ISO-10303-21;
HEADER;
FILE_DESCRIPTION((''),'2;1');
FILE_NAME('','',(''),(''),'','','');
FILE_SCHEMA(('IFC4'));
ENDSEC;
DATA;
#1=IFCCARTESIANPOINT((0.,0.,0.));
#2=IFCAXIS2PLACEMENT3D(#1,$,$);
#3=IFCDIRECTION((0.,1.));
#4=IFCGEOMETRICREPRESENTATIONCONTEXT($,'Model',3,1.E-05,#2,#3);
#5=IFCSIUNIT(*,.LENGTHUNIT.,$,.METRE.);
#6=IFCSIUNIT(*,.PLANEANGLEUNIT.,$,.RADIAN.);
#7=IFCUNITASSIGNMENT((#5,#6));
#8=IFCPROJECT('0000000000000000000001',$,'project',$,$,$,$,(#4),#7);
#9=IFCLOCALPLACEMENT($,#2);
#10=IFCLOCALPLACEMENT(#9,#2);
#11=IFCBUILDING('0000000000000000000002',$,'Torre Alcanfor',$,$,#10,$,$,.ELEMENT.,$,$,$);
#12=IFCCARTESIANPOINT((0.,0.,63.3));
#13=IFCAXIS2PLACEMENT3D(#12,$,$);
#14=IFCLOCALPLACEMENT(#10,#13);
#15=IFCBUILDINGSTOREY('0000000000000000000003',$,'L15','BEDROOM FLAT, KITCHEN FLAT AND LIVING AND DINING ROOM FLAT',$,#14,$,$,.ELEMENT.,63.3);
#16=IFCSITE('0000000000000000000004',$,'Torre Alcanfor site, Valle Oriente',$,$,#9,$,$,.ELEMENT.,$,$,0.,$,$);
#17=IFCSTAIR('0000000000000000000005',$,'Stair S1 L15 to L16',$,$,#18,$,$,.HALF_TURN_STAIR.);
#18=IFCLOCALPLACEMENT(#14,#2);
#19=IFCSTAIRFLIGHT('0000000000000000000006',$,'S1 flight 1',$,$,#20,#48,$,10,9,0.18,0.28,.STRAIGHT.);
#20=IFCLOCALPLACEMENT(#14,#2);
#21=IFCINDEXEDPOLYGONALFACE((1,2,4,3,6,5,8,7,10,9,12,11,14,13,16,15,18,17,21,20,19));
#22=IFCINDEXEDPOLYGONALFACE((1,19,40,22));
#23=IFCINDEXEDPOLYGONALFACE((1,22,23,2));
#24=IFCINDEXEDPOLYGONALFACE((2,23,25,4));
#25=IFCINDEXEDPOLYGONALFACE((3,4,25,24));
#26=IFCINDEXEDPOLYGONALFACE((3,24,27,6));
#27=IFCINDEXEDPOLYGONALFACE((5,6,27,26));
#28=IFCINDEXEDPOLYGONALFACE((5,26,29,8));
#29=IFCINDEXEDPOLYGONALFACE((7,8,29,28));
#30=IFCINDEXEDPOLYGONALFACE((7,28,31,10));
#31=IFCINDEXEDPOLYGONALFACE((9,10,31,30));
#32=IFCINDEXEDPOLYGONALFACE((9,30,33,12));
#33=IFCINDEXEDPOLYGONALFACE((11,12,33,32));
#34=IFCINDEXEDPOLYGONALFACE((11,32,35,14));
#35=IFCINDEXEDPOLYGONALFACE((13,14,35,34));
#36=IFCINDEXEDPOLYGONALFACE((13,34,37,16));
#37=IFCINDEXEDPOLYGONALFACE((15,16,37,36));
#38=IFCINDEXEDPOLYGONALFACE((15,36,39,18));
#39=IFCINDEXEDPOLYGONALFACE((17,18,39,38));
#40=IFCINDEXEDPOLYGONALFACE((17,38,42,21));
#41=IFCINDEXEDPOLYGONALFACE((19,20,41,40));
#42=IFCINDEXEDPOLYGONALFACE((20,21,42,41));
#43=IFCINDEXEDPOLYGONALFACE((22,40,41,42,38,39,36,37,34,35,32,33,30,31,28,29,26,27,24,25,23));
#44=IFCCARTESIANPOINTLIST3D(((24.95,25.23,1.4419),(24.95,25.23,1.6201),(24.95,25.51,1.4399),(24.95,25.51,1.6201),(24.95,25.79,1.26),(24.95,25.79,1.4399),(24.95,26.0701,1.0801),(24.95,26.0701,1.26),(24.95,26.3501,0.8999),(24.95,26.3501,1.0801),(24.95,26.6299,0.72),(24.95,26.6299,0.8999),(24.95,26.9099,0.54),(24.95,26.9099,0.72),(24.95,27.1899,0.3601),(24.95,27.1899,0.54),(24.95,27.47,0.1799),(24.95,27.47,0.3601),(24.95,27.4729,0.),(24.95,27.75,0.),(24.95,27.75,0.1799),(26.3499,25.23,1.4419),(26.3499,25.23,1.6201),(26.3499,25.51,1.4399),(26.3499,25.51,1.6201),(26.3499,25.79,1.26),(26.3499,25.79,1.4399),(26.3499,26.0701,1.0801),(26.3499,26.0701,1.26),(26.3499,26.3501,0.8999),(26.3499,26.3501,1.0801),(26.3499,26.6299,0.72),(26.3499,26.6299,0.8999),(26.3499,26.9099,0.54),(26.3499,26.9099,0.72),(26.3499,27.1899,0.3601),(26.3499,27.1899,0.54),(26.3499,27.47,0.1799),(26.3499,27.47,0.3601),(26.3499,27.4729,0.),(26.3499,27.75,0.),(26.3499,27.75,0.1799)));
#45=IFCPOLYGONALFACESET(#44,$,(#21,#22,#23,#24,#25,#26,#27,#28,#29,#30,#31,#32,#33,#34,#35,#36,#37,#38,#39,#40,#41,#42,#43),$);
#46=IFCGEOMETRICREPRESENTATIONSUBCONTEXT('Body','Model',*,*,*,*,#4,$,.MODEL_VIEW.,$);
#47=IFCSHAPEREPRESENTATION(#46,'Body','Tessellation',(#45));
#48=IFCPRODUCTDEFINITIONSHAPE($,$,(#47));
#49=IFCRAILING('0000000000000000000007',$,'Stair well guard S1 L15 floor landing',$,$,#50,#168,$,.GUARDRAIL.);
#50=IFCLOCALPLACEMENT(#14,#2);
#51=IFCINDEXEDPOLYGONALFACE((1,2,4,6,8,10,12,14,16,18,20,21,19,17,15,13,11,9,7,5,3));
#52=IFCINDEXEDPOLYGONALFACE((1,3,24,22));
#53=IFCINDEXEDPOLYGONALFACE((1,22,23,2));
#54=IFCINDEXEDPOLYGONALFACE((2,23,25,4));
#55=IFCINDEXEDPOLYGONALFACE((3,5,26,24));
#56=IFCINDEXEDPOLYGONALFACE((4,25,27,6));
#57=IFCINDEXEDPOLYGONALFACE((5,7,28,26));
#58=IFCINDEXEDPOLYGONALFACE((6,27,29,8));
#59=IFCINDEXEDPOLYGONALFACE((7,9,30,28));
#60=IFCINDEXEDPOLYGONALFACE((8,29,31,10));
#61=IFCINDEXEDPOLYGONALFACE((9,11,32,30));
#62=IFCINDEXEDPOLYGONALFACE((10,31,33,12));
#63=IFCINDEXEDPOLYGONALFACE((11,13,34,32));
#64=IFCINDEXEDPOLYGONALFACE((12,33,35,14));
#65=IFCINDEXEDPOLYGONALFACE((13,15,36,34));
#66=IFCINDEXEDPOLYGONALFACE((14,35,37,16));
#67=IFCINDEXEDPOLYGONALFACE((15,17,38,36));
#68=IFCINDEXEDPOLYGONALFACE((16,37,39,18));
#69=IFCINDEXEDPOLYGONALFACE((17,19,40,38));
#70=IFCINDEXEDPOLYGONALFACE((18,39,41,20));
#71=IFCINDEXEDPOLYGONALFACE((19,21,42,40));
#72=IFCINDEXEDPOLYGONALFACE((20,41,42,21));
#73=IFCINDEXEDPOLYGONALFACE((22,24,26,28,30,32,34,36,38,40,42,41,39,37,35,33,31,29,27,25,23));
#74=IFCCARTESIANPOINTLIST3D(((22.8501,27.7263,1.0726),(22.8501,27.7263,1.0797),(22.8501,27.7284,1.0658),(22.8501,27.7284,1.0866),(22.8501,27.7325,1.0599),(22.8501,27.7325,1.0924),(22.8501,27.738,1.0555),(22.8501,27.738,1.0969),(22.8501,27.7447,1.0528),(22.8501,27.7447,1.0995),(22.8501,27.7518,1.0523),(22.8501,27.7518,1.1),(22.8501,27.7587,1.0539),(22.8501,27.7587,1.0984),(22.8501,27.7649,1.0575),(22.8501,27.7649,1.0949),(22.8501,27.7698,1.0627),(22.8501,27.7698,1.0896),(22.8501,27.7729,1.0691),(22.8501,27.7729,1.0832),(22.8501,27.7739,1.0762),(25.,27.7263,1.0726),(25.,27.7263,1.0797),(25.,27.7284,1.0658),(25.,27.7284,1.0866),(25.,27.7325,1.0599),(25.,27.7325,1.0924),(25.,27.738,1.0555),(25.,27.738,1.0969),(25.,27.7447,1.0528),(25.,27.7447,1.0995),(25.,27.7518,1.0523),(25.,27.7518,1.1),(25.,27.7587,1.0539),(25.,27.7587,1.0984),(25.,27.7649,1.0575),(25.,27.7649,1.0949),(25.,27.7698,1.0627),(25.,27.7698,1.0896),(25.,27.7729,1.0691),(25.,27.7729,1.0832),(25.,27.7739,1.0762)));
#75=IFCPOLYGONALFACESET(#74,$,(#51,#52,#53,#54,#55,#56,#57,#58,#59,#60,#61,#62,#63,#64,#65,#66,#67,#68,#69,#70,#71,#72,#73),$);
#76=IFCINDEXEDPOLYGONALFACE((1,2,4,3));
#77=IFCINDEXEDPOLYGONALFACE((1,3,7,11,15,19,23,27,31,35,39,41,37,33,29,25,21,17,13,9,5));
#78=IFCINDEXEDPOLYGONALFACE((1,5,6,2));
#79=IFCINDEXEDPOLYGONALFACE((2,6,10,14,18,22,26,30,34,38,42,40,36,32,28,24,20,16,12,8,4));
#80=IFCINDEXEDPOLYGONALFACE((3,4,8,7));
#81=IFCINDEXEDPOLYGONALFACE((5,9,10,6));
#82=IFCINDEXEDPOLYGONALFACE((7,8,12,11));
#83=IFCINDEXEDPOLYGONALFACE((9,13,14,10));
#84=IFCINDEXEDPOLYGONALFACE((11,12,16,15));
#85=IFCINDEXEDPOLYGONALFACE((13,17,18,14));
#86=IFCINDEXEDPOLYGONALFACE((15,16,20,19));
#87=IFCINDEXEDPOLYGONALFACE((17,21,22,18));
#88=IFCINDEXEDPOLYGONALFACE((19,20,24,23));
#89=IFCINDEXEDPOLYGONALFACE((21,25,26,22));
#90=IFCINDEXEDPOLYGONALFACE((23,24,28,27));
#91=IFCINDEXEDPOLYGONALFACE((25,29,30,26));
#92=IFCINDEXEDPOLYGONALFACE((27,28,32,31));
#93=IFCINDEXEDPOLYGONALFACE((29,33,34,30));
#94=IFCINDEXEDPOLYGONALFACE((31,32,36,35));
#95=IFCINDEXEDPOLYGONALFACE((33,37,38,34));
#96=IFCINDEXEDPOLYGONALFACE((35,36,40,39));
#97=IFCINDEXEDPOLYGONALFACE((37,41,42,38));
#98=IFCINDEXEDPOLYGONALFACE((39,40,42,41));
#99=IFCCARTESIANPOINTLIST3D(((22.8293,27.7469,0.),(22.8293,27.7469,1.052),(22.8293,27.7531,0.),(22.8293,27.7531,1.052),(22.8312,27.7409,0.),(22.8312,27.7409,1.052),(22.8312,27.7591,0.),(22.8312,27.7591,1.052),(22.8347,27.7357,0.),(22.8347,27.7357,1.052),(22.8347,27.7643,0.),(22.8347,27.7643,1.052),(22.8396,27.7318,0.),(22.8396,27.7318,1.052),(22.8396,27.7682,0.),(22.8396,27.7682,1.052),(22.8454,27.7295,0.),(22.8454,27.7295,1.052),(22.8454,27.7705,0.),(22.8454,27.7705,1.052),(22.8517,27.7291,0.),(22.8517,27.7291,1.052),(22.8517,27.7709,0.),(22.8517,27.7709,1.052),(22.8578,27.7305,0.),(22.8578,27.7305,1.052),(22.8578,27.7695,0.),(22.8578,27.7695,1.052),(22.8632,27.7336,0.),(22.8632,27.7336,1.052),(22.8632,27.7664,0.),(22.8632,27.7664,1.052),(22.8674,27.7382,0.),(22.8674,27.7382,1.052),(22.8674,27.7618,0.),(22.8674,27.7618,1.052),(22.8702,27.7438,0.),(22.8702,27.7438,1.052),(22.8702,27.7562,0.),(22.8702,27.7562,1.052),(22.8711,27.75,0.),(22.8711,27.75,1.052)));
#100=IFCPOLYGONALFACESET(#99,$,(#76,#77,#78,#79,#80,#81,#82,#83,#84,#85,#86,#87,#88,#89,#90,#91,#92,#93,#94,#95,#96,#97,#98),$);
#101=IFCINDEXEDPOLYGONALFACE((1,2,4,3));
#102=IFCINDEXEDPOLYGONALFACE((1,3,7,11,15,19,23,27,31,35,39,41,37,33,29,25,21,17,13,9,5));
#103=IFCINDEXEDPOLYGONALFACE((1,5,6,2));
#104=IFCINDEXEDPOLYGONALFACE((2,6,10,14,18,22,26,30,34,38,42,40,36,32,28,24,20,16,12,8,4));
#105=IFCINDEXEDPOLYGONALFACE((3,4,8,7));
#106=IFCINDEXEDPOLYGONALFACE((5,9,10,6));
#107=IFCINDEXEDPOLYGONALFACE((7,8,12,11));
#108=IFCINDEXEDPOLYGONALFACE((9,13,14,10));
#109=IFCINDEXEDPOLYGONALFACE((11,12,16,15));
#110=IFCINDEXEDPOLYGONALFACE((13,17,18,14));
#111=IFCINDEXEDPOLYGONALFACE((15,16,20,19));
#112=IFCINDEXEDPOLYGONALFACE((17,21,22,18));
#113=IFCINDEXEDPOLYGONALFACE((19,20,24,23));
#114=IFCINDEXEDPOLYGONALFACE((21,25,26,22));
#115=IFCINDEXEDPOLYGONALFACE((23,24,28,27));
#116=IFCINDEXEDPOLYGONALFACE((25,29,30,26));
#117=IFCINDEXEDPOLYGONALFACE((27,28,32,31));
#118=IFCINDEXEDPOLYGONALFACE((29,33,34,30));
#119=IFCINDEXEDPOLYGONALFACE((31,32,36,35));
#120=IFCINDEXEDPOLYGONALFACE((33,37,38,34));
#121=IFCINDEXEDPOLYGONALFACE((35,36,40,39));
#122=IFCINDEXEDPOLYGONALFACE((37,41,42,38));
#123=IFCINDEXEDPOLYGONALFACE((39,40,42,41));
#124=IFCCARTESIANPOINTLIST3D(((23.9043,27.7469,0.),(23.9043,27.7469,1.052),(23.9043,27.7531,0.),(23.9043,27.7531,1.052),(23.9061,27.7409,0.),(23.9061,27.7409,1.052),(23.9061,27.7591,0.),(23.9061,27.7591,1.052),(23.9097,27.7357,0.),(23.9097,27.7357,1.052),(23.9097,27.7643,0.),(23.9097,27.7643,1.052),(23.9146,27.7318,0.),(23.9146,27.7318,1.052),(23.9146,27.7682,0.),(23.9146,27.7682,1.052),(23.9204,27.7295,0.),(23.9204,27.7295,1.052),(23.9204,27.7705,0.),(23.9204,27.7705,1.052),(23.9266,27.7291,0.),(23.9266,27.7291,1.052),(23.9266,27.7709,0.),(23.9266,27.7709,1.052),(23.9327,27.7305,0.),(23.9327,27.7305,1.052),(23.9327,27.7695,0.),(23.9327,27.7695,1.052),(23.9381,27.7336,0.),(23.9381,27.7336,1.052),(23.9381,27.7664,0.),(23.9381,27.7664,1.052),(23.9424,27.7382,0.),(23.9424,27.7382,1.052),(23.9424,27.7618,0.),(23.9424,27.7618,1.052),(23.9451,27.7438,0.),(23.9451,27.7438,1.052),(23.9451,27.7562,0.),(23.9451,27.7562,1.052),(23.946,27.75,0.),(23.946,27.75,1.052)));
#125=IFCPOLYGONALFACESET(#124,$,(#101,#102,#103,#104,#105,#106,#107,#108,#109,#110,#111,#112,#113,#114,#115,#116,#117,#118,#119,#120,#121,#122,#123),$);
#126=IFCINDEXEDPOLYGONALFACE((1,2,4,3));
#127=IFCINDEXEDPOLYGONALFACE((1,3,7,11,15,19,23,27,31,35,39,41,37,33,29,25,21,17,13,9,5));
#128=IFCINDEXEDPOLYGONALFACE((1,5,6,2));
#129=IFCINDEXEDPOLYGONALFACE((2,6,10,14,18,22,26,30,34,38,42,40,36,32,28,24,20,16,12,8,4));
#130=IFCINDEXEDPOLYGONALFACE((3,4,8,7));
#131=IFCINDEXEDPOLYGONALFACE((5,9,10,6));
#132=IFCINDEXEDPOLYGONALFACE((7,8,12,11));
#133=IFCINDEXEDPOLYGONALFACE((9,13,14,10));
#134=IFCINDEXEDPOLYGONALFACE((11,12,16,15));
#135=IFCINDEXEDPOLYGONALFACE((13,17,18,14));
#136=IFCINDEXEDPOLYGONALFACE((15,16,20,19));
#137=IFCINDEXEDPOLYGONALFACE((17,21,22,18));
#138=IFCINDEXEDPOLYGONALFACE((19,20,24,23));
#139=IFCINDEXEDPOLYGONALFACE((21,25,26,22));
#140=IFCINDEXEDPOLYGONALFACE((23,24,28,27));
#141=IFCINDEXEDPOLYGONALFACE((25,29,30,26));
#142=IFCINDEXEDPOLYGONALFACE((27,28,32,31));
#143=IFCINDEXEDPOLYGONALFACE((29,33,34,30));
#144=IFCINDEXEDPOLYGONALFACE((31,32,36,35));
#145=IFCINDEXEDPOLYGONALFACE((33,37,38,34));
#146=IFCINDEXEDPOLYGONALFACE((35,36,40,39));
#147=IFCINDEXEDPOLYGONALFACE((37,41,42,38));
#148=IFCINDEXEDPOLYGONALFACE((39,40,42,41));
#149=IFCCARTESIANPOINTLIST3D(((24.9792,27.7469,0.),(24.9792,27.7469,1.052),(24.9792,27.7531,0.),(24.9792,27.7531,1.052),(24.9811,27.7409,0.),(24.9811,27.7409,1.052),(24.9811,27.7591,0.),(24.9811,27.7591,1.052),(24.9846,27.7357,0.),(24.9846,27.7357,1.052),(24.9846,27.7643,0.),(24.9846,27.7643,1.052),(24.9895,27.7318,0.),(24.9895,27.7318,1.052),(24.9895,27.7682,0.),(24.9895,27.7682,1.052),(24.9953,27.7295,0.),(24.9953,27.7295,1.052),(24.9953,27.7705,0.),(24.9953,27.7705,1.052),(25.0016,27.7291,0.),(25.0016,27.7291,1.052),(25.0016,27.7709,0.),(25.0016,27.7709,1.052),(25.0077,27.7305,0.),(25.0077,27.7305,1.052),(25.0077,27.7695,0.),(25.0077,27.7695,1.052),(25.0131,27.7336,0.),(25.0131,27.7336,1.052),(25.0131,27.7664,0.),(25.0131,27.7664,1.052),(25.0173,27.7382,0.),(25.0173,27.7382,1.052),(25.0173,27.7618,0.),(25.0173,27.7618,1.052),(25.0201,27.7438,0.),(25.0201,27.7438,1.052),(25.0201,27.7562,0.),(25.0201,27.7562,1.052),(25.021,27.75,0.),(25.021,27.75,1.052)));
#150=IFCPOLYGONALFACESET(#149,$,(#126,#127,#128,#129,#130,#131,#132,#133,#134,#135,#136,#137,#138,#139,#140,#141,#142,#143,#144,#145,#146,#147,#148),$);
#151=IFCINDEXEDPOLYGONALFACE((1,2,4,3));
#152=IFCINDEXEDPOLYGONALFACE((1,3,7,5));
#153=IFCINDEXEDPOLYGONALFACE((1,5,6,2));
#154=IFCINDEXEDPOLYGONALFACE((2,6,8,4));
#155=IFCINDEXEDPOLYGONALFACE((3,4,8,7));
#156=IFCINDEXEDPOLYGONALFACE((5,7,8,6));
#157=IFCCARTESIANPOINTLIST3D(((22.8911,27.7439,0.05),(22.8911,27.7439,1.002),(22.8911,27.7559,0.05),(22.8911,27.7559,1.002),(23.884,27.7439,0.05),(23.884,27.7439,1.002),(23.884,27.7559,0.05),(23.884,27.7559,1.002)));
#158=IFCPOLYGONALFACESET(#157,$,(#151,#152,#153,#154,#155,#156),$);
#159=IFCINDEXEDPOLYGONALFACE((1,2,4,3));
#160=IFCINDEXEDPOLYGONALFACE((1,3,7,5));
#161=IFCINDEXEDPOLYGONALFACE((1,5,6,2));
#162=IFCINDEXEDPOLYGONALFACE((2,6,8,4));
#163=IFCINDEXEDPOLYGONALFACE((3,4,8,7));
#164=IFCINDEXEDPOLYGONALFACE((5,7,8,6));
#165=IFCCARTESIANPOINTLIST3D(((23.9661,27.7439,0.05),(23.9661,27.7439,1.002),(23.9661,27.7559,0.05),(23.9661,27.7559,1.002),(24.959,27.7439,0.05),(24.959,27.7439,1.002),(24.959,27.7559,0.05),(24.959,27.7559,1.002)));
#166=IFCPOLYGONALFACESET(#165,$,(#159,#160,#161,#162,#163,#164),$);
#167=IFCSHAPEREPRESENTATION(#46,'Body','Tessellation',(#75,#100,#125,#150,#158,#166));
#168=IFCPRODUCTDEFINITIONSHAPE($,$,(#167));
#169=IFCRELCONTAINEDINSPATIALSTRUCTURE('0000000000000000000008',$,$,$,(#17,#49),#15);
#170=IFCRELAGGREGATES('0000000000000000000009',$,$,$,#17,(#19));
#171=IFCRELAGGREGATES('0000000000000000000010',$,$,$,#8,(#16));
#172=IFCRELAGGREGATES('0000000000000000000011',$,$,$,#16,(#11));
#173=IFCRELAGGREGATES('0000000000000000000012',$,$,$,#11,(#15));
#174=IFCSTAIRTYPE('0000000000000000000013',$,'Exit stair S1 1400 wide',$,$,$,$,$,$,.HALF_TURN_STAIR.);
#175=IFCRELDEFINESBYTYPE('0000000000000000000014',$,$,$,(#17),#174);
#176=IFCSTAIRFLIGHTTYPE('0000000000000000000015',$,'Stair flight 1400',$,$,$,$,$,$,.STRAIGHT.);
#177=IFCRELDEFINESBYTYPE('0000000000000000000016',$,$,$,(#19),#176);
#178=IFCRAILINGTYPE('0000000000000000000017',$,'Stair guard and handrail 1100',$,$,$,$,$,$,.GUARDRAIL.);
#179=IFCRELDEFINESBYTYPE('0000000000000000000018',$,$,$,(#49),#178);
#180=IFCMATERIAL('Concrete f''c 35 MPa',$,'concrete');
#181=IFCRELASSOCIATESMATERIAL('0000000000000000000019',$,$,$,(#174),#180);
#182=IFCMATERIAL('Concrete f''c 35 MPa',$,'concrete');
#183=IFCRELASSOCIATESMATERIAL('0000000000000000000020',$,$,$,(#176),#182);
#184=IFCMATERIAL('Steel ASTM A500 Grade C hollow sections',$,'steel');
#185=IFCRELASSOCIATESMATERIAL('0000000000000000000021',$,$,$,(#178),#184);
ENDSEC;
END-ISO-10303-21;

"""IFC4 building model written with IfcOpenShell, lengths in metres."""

from ifc_helpers import new_model, si_unit, direction, frame, origin, origin_2d, place, context, subcontext, project, spatial, polyline, circle, outline, extrude, material, type_object, element, aggregate, save


model = new_model("IFC4")

# Units and contexts
model_context = context("Model", 3, precision=1e-05, world=origin(), true_north=direction((0.0, 1.0)))
body_context = subcontext(model_context, "Body", "Model", "MODEL_VIEW")
ifc_project = project(units=[si_unit("LENGTHUNIT", "METRE"), si_unit("PLANEANGLEUNIT", "RADIAN")], contexts=[model_context])

# Site, building, storey
site_placement = place(None, origin())
site = spatial("IfcSite", under=ifc_project, at=site_placement, Name="Torre Alcanfor site, Valle Oriente", CompositionType="ELEMENT", RefElevation=0.0)
building_placement = place(site_placement, origin())
building = spatial("IfcBuilding", under=site, at=building_placement, Name="Torre Alcanfor", CompositionType="ELEMENT")
storey_placement = place(building_placement, frame((0.0, 0.0, 63.3)))
storey = spatial("IfcBuildingStorey", under=building, at=storey_placement, Name="L15", Description="BEDROOM FLAT, KITCHEN FLAT AND LIVING AND DINING ROOM FLAT", CompositionType="ELEMENT", Elevation=63.3)

# Stair, stair flight
ifc_material_1 = material(Name="Concrete f'c 35 MPa", Category="concrete")
stair_type = type_object("IfcStairType", Name="Exit stair S1 1400 wide", PredefinedType="HALF_TURN_STAIR", material=ifc_material_1)
stair_placement = place(storey_placement, origin())
stair = element("IfcStair", 1, at=stair_placement, inside=storey, type_object=stair_type, Name="Stair S1 L15 to L16", PredefinedType="HALF_TURN_STAIR")
ifc_material_2 = material(Name="Concrete f'c 35 MPa", Category="concrete")
stair_flight_type = type_object("IfcStairFlightType", Name="Stair flight 1400", PredefinedType="STRAIGHT", material=ifc_material_2)
stair_flight_placement = place(storey_placement, frame((25.6499, 27.75, 0.0), z_axis=(0.0, 0.0, 1.0), x_axis=(0.0, -1.0, 0.0)))
stair_flight = element("IfcStairFlight", 2, at=stair_flight_placement, type_object=stair_flight_type, Name="S1 flight 1", NumberOfRisers=10, NumberOfTreads=9, PredefinedType="STRAIGHT", RiserHeight=0.18, TreadLength=0.28, context=body_context, shape_type="SweptSolid", body=[
    extrude(outline(polyline([(0.0, 0.0), (0.0, 0.1799), (0.28, 0.1799), (0.28, 0.3601), (0.5601, 0.3601), (0.5601, 0.54), (0.8401, 0.54), (0.8401, 0.72), (1.1201, 0.72), (1.1201, 0.8999), (1.3999, 0.8999), (1.3999, 1.0801), (1.6799, 1.0801), (1.6799, 1.26), (1.96, 1.26), (1.96, 1.4399), (2.24, 1.4399), (2.24, 1.6201), (2.52, 1.6201), (2.52, 1.8), (2.52, 1.4419), (0.2771, 0.0), (0.0, 0.0)])), frame((0.0, 0.7, 0.0), z_axis=(0.0, -1.0, 0.0), x_axis=(1.0, 0.0, 0.0)), (0.0, 0.0, 1.0), 1.3999),
])
aggregate(stair, [stair_flight])

# Railing
ifc_material_3 = material(Name="Steel ASTM A500 Grade C hollow sections", Category="steel")
railing_type_1 = type_object("IfcRailingType", Name="Stair guard and handrail 1100", PredefinedType="GUARDRAIL", material=ifc_material_3)
railing_1_placement = place(storey_placement, frame((22.8501, 27.75, 0.0)))
element("IfcRailing", 3, at=railing_1_placement, inside=storey, type_object=railing_type_1, Name="Stair well guard S1 L15 floor landing", PredefinedType="GUARDRAIL", context=body_context, shape_type="SweptSolid", body=[
    extrude(circle(Radius=0.0239, at=origin_2d()), frame((0.0, 0.0, 1.0762), z_axis=(1.0, 0.0, 0.0), x_axis=(0.0, 1.0, 0.0)), (0.0, 0.0, 1.0), 2.1499),
    extrude(circle(Radius=0.021, at=origin_2d()), origin(), (0.0, 0.0, 1.0), 1.052),
    extrude(circle(Radius=0.021, at=origin_2d()), frame((1.075, 0.0, 0.0)), (0.0, 0.0, 1.0), 1.052),
    extrude(circle(Radius=0.021, at=origin_2d()), frame((2.1499, 0.0, 0.0)), (0.0, 0.0, 1.0), 1.052),
    extrude(outline(polyline([(0.041, 0.05), (1.0339, 0.05), (1.0339, 1.002), (0.041, 1.002), (0.041, 0.05)])), frame((0.0, 0.0059, 0.0), z_axis=(0.0, -1.0, 0.0), x_axis=(1.0, 0.0, 0.0)), (0.0, 0.0, 1.0), 0.012),
    extrude(outline(polyline([(1.116, 0.05), (2.1089, 0.05), (2.1089, 1.002), (1.116, 1.002), (1.116, 0.05)])), frame((0.0, 0.0059, 0.0), z_axis=(0.0, -1.0, 0.0), x_axis=(1.0, 0.0, 0.0)), (0.0, 0.0, 1.0), 0.012),
])

save(model, "model.ifc")
